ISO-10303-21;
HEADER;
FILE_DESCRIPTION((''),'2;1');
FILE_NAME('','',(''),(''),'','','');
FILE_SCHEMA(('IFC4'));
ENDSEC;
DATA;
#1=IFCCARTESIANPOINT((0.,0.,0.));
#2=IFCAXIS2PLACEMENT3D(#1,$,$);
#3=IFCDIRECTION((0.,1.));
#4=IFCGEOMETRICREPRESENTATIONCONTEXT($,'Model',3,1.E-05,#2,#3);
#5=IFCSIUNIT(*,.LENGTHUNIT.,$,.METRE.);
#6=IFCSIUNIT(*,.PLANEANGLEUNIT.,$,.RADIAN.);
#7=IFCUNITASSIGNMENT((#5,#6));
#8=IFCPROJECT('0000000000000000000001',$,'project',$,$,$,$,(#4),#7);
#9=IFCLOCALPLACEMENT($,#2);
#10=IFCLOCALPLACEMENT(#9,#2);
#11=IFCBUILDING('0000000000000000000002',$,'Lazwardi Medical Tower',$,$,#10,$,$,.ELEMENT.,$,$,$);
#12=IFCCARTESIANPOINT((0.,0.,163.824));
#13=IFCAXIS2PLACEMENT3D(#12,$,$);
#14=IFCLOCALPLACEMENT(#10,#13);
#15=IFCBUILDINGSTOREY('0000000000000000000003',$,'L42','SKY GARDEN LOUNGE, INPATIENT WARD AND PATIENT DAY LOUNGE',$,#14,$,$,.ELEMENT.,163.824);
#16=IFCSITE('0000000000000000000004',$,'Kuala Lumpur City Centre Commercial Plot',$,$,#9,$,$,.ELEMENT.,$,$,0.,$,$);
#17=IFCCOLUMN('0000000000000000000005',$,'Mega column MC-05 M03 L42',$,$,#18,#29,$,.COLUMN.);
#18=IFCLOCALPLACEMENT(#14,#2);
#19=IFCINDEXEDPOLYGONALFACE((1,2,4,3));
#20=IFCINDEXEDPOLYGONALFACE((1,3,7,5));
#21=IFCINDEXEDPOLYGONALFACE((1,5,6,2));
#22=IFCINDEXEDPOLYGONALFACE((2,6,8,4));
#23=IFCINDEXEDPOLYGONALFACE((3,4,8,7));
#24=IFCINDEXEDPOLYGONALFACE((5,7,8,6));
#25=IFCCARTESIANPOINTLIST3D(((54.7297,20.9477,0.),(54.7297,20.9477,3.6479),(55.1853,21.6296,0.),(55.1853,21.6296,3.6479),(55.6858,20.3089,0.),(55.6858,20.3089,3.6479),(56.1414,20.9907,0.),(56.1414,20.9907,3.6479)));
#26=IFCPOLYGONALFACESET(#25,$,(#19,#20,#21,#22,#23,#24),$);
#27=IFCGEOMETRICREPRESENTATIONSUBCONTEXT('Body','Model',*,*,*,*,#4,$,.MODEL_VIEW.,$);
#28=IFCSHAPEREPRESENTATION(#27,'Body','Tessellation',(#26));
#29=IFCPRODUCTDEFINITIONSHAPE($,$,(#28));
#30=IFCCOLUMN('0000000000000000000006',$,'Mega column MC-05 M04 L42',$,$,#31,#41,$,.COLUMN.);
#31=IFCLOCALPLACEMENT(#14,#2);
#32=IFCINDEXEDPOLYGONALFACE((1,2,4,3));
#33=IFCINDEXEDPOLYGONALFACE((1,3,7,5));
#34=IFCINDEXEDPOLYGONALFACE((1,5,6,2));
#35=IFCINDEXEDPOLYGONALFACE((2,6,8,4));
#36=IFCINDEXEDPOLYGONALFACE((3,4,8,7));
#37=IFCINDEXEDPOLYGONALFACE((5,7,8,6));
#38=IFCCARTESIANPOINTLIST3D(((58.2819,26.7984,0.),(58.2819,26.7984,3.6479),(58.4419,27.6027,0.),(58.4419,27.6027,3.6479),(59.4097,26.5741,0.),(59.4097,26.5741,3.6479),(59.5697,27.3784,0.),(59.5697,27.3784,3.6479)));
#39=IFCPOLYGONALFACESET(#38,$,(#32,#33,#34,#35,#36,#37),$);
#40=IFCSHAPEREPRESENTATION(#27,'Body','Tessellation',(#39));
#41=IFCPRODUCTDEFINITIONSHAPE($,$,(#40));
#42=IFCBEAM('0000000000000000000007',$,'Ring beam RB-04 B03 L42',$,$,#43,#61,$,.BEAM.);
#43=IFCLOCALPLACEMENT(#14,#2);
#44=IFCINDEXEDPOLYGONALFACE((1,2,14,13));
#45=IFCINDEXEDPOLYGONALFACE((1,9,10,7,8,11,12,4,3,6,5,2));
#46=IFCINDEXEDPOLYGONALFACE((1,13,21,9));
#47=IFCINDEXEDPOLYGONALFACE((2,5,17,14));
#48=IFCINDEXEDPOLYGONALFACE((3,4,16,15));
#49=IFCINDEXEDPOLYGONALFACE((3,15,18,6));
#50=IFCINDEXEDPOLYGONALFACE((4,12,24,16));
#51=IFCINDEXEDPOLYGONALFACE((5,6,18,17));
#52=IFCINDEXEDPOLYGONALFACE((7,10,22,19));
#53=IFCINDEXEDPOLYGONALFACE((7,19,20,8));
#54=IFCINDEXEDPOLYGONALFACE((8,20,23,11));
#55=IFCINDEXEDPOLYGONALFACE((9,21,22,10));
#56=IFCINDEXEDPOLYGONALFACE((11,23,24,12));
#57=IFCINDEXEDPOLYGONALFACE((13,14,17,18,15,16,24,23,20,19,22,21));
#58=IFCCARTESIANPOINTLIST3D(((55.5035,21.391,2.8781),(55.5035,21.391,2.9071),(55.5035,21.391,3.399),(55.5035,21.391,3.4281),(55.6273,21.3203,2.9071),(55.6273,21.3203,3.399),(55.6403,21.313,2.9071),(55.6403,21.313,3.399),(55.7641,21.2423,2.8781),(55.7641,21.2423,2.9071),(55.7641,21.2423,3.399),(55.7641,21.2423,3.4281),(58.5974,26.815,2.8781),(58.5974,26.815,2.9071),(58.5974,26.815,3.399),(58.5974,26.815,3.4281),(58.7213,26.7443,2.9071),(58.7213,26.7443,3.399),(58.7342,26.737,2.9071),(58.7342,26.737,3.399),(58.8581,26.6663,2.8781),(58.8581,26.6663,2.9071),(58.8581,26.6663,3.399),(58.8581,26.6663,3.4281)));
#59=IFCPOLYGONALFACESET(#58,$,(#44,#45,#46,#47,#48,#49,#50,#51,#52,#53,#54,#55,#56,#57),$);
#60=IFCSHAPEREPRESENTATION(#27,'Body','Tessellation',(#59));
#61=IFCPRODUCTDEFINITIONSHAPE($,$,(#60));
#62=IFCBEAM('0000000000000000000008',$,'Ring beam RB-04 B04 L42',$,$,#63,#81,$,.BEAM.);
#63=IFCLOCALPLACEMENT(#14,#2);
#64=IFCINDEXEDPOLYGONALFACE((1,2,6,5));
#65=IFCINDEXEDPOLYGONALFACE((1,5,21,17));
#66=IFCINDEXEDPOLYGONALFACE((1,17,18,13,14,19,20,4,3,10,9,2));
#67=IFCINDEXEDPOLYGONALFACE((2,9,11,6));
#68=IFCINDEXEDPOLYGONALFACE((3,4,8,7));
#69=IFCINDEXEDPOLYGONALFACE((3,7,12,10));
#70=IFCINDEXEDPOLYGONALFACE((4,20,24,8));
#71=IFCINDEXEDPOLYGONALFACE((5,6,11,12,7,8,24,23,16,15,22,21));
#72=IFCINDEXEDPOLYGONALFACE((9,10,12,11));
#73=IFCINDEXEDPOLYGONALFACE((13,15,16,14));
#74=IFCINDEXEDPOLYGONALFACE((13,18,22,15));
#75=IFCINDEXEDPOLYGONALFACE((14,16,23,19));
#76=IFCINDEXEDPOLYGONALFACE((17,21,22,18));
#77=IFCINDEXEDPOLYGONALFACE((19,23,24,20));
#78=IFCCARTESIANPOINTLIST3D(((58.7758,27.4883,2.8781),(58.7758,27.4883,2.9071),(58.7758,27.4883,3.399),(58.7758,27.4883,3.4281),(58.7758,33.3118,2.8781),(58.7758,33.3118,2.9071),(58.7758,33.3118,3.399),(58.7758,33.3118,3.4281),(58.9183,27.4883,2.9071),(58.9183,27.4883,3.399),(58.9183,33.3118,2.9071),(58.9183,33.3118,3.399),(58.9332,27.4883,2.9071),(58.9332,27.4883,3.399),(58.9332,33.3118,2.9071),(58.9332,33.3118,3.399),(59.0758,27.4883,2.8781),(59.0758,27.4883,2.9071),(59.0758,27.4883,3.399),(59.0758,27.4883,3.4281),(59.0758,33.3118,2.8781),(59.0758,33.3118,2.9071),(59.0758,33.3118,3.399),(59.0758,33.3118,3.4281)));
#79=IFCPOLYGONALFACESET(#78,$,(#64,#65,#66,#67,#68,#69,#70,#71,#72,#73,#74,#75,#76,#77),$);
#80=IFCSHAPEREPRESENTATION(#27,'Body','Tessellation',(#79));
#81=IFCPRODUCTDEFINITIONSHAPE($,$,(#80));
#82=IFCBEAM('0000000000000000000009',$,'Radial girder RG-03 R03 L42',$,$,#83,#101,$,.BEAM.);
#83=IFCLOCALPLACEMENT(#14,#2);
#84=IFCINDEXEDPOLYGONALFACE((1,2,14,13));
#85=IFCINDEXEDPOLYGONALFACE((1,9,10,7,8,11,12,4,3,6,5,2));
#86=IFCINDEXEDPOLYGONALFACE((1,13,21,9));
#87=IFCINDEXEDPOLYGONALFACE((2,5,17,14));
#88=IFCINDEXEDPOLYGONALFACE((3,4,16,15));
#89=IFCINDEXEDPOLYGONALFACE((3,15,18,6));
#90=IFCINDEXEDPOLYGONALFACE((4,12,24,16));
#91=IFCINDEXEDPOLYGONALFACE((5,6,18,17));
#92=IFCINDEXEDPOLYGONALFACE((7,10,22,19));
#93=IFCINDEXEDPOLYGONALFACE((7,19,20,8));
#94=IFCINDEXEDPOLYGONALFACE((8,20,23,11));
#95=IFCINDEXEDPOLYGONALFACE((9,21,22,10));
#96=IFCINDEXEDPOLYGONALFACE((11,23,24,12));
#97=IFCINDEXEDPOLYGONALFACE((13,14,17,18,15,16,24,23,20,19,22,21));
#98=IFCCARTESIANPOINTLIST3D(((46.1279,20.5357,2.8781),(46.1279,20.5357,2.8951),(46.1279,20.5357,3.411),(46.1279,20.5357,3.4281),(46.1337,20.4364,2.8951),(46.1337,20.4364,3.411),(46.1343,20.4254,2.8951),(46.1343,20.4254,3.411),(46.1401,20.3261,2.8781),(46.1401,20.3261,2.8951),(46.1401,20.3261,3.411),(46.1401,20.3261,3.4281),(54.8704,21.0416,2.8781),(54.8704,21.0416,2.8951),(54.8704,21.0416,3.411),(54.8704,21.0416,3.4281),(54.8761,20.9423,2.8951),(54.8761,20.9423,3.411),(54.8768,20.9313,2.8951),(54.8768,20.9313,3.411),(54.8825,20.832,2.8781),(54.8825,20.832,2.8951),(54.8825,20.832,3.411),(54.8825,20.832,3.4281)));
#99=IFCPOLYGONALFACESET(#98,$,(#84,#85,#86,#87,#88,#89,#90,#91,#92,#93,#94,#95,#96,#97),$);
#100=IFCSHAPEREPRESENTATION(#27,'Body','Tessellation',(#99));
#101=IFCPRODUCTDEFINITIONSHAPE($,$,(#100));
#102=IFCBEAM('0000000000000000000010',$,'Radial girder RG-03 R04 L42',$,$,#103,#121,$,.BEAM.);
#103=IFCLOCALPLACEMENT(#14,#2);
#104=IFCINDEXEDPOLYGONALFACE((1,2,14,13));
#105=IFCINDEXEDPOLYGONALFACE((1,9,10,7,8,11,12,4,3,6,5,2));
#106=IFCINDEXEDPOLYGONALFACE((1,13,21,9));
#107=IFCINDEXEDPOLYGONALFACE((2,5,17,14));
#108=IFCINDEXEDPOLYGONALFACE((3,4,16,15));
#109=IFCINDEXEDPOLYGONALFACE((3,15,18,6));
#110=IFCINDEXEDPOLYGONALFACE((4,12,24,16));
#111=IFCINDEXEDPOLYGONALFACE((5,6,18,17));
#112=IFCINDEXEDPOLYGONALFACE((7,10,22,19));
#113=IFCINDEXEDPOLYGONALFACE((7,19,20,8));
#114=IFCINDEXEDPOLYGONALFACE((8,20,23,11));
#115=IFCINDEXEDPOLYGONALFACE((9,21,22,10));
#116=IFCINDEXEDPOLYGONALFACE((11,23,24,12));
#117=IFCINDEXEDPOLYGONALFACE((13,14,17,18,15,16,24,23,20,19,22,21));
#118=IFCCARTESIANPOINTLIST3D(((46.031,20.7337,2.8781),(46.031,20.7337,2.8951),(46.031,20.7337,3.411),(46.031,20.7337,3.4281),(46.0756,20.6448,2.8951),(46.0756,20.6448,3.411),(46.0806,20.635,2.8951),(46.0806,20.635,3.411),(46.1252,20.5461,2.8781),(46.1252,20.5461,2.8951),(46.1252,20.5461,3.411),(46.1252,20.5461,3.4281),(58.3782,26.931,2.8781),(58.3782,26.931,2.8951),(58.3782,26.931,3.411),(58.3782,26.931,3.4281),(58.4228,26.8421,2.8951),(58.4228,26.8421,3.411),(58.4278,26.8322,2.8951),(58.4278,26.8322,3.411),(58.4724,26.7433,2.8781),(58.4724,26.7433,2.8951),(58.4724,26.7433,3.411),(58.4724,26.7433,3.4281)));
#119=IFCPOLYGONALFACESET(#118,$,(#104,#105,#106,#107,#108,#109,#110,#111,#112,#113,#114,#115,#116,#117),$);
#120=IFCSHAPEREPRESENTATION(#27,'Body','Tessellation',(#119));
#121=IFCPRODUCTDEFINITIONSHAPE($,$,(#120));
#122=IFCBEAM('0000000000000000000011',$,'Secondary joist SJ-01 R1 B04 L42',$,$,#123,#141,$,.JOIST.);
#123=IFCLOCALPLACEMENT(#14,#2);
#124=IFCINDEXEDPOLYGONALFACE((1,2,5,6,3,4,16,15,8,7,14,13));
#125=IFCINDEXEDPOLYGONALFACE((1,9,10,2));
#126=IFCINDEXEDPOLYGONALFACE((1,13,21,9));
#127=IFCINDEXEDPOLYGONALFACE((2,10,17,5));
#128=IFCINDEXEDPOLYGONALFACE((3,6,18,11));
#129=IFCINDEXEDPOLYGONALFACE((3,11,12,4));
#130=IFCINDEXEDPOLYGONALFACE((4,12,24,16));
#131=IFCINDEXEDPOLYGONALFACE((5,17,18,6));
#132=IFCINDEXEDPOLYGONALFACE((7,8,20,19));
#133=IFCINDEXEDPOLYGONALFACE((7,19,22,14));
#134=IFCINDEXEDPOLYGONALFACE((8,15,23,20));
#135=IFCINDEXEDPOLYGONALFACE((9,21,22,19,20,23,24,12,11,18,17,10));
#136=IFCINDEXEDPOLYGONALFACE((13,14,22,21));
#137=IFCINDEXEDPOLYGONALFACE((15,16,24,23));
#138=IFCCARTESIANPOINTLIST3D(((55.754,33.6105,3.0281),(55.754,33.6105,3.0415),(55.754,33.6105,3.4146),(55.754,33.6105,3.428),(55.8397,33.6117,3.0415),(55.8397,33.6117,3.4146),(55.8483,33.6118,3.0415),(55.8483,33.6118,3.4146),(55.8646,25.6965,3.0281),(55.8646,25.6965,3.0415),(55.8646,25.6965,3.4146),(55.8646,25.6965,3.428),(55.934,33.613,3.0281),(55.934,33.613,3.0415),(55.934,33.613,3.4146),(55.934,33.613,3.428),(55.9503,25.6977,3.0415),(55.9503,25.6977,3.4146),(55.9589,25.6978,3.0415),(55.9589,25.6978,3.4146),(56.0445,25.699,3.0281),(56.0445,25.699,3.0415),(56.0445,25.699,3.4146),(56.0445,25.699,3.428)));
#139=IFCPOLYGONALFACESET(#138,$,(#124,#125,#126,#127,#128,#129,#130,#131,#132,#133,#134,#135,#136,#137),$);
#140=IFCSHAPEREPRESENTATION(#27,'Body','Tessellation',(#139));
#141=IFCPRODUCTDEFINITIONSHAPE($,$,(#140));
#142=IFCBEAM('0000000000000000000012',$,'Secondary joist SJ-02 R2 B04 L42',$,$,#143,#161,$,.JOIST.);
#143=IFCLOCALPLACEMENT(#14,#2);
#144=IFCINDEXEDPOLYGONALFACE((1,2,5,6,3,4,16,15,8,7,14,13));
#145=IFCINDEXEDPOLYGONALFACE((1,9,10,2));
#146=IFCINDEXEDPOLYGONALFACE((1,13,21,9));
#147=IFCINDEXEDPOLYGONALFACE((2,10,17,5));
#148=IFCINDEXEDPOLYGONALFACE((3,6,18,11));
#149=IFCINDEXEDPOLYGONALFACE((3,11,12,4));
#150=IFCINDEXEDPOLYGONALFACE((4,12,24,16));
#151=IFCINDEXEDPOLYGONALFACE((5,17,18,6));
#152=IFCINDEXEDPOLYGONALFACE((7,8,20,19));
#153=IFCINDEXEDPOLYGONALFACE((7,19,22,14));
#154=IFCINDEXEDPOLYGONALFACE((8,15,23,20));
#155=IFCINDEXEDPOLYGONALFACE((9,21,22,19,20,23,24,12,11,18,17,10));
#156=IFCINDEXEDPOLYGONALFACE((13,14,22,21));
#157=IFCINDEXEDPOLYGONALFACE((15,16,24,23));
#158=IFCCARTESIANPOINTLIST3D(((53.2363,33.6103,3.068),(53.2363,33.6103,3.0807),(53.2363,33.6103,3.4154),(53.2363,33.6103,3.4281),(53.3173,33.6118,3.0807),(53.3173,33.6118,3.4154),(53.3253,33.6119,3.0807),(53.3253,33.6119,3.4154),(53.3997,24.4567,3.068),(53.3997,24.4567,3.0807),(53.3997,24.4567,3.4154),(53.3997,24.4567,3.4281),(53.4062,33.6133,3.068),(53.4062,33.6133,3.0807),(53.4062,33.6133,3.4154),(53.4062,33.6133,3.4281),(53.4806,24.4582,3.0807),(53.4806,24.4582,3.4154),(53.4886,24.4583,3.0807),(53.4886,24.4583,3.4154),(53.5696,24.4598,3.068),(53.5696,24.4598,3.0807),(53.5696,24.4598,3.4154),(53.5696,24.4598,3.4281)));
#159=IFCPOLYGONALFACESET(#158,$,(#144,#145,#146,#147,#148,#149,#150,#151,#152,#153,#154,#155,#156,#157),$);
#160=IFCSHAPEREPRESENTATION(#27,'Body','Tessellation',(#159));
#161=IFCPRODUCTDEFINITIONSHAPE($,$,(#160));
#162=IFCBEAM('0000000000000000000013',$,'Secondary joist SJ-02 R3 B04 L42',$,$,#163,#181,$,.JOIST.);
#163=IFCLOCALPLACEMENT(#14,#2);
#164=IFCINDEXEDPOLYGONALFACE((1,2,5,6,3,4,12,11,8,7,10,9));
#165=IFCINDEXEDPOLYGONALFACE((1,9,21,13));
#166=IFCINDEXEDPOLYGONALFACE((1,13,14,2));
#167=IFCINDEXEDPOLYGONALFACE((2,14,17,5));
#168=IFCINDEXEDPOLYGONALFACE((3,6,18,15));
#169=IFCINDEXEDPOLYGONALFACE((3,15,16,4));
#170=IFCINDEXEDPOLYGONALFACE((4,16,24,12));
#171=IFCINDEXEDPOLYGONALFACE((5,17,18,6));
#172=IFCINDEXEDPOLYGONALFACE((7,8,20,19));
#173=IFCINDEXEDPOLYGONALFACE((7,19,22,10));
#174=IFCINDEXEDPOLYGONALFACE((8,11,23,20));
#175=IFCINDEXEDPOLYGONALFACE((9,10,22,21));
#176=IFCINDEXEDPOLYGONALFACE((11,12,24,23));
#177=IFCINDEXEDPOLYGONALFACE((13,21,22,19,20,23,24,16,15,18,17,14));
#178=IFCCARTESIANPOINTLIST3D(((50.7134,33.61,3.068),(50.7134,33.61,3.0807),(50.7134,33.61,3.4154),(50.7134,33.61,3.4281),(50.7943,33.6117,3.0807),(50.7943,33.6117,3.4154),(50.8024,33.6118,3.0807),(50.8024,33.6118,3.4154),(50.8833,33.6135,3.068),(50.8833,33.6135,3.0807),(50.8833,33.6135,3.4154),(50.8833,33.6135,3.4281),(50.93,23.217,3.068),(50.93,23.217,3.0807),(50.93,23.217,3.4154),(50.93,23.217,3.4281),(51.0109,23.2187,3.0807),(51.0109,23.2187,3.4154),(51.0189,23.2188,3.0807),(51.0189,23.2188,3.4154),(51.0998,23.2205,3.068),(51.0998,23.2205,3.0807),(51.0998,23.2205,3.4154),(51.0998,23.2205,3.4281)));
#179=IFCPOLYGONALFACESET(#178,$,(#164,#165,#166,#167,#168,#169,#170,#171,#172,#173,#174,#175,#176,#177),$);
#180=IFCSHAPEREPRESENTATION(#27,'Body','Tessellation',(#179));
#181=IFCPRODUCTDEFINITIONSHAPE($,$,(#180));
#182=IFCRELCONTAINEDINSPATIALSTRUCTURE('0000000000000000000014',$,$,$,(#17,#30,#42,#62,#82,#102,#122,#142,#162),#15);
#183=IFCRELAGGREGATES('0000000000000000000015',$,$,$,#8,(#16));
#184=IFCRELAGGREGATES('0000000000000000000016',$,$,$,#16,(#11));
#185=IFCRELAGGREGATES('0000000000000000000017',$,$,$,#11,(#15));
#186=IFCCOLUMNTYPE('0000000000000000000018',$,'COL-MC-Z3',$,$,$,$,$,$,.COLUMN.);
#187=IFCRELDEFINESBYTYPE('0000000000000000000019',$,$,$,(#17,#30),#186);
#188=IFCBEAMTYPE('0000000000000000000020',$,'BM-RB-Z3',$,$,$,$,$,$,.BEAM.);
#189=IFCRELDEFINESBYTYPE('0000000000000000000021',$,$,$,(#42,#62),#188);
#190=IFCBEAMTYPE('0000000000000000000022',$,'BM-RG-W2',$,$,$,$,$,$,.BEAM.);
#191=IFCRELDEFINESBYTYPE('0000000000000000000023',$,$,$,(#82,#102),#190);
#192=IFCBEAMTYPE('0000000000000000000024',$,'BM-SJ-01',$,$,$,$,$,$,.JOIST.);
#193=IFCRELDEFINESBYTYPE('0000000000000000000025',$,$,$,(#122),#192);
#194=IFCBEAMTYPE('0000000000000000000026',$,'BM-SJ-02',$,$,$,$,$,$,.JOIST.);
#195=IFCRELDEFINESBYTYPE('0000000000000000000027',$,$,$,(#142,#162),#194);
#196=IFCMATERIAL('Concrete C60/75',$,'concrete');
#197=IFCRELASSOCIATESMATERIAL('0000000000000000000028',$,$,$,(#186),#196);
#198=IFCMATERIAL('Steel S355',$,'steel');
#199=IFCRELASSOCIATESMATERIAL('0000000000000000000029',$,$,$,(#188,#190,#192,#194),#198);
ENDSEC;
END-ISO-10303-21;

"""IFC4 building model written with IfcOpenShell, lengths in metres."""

from ifc_helpers import new_model, si_unit, direction, frame, origin, origin_2d, place, context, subcontext, project, spatial, rectangle, i_section, extrude, material, material_profile, profile_set, type_object, element, save


model = new_model("IFC4")

# Units and contexts
model_context = context("Model", 3, precision=1e-05, world=origin(), true_north=direction((0.0, 1.0)))
body_context = subcontext(model_context, "Body", "Model", "MODEL_VIEW")
ifc_project = project(units=[si_unit("LENGTHUNIT", "METRE"), si_unit("PLANEANGLEUNIT", "RADIAN")], contexts=[model_context])

# Site, building, storey
site_placement = place(None, origin())
site = spatial("IfcSite", under=ifc_project, at=site_placement, Name="Kuala Lumpur City Centre Commercial Plot", CompositionType="ELEMENT", RefElevation=0.0)
building_placement = place(site_placement, origin())
building = spatial("IfcBuilding", under=site, at=building_placement, Name="Lazwardi Medical Tower", CompositionType="ELEMENT")
storey_placement = place(building_placement, frame((0.0, 0.0, 163.824)))
storey = spatial("IfcBuildingStorey", under=building, at=storey_placement, Name="L42", Description="SKY GARDEN LOUNGE, INPATIENT WARD AND PATIENT DAY LOUNGE", CompositionType="ELEMENT", Elevation=163.824)

# Columns
ifc_material_1 = material(Name="Concrete C60/75", Category="concrete")
ifc_material_profile_1 = material_profile(ifc_material_1, rectangle(XDim=1.1499, YDim=0.8201, at=origin_2d()), Name="CFT-RECT 1150x820")
ifc_profile_set_1 = profile_set([ifc_material_profile_1], Name="Concrete C60/75")
column_type = type_object("IfcColumnType", Name="COL-MC-Z3", PredefinedType="COLUMN", material=ifc_profile_set_1)
for number, where, z_axis, x_axis, name in (
    (1, (55.4355, 20.9692, 0.0), (0.0, 0.0, 1.0), (0.83147, -0.55557, 0.0), "Mega column MC-05 M03 L42"),
    (2, (58.9258, 27.0884, 0.0), (0.0, 0.0, 1.0), (0.980785, -0.19509, 0.0), "Mega column MC-05 M04 L42"),
):
    element("IfcColumn", number, at=place(storey_placement, frame(where, z_axis=z_axis, x_axis=x_axis)), inside=storey, type_object=column_type, Name=name, PredefinedType="COLUMN", context=body_context, shape_type="SweptSolid", body=[
        extrude(rectangle(XDim=1.1499, YDim=0.8201, at=origin_2d()), origin(), (0.0, 0.0, 1.0), 3.6479),
    ])

# Beams
ifc_material_2 = material(Name="Steel S355", Category="steel")
ifc_material_profile_2 = material_profile(ifc_material_2, i_section(OverallWidth=0.3, OverallDepth=0.55, WebThickness=0.0149, FlangeThickness=0.0291, at=origin_2d()), Name="HEB 550")
ifc_profile_set_2 = profile_set([ifc_material_profile_2], Name="Steel S355")
beam_type_1 = type_object("IfcBeamType", Name="BM-RB-Z3", PredefinedType="BEAM", material=ifc_profile_set_2)
beam_1_placement = place(storey_placement, frame((55.6338, 21.3167, 3.1531), z_axis=(0.495478, 0.868621, 0.0), x_axis=(-0.868621, 0.495478, 0.0)))
element("IfcBeam", 3, at=beam_1_placement, inside=storey, type_object=beam_type_1, Name="Ring beam RB-04 B03 L42", PredefinedType="BEAM", context=body_context, shape_type="SweptSolid", body=[
    extrude(i_section(OverallWidth=0.3, OverallDepth=0.55, WebThickness=0.0149, FlangeThickness=0.0291, at=origin_2d()), origin(), (0.0, 0.0, 1.0), 6.2444),
])
beam_2_placement = place(storey_placement, frame((58.9258, 27.4883, 3.1531), z_axis=(0.0, 1.0, 0.0), x_axis=(-1.0, 0.0, 0.0)))
element("IfcBeam", 4, at=beam_2_placement, inside=storey, type_object=beam_type_1, Name="Ring beam RB-04 B04 L42", PredefinedType="BEAM", context=body_context, shape_type="SweptSolid", body=[
    extrude(i_section(OverallWidth=0.3, OverallDepth=0.55, WebThickness=0.0149, FlangeThickness=0.0291, at=origin_2d()), origin(), (0.0, 0.0, 1.0), 5.8235),
])
ifc_material_profile_3 = material_profile(ifc_material_2, i_section(OverallWidth=0.21, OverallDepth=0.55, WebThickness=0.011, FlangeThickness=0.0171, at=origin_2d()), Name="IPE 550")
ifc_profile_set_3 = profile_set([ifc_material_profile_3], Name="Steel S355")
beam_type_2 = type_object("IfcBeamType", Name="BM-RG-W2", PredefinedType="BEAM", material=ifc_profile_set_3)
beam_3_placement = place(storey_placement, frame((54.8765, 20.9368, 3.1531), z_axis=(-0.99833, -0.057766, 0.0), x_axis=(0.057766, -0.99833, 0.0)))
element("IfcBeam", 5, at=beam_3_placement, inside=storey, type_object=beam_type_2, Name="Radial girder RG-03 R03 L42", PredefinedType="BEAM", context=body_context, shape_type="SweptSolid", body=[
    extrude(i_section(OverallWidth=0.21, OverallDepth=0.55, WebThickness=0.011, FlangeThickness=0.0171, at=origin_2d()), origin(), (0.0, 0.0, 1.0), 8.7571),
])
beam_4_placement = place(storey_placement, frame((58.4253, 26.8372, 3.1531), z_axis=(-0.89374, -0.448584, 0.0), x_axis=(0.448584, -0.89374, 0.0)))
element("IfcBeam", 6, at=beam_4_placement, inside=storey, type_object=beam_type_2, Name="Radial girder RG-03 R04 L42", PredefinedType="BEAM", context=body_context, shape_type="SweptSolid", body=[
    extrude(i_section(OverallWidth=0.21, OverallDepth=0.55, WebThickness=0.011, FlangeThickness=0.0171, at=origin_2d()), origin(), (0.0, 0.0, 1.0), 13.8152),
])
ifc_material_profile_4 = material_profile(ifc_material_2, i_section(OverallWidth=0.1799, OverallDepth=0.3999, WebThickness=0.0085, FlangeThickness=0.0134, at=origin_2d()), Name="IPE 400")
ifc_profile_set_4 = profile_set([ifc_material_profile_4], Name="Steel S355")
beam_type_3 = type_object("IfcBeamType", Name="BM-SJ-01", PredefinedType="JOIST", material=ifc_profile_set_4)
beam_5_placement = place(storey_placement, frame((55.9546, 25.6978, 3.228), z_axis=(-0.013973, 0.999902, 0.0), x_axis=(-0.999902, -0.013973, 0.0)))
element("IfcBeam", 7, at=beam_5_placement, inside=storey, type_object=beam_type_3, Name="Secondary joist SJ-01 R1 B04 L42", PredefinedType="JOIST", context=body_context, shape_type="SweptSolid", body=[
    extrude(i_section(OverallWidth=0.1799, OverallDepth=0.3999, WebThickness=0.0085, FlangeThickness=0.0134, at=origin_2d()), origin(), (0.0, 0.0, 1.0), 7.9148),
])
ifc_material_profile_5 = material_profile(ifc_material_2, i_section(OverallWidth=0.1699, OverallDepth=0.3601, WebThickness=0.0081, FlangeThickness=0.0127, at=origin_2d()), Name="IPE 360")
ifc_profile_set_5 = profile_set([ifc_material_profile_5], Name="Steel S355")
beam_type_4 = type_object("IfcBeamType", Name="BM-SJ-02", PredefinedType="JOIST", material=ifc_profile_set_5)
beam_6_placement = place(storey_placement, frame((53.4846, 24.4583, 3.248), z_axis=(-0.01784, 0.999841, 0.0), x_axis=(-0.999841, -0.01784, 0.0)))
element("IfcBeam", 8, at=beam_6_placement, inside=storey, type_object=beam_type_4, Name="Secondary joist SJ-02 R2 B04 L42", PredefinedType="JOIST", context=body_context, shape_type="SweptSolid", body=[
    extrude(i_section(OverallWidth=0.1699, OverallDepth=0.3601, WebThickness=0.0081, FlangeThickness=0.0127, at=origin_2d()), origin(), (0.0, 0.0, 1.0), 9.155),
])
beam_7_placement = place(storey_placement, frame((51.0149, 23.2188, 3.248), z_axis=(-0.020832, 0.999783, 0.0), x_axis=(-0.999783, -0.020832, 0.0)))
element("IfcBeam", 9, at=beam_7_placement, inside=storey, type_object=beam_type_4, Name="Secondary joist SJ-02 R3 B04 L42", PredefinedType="JOIST", context=body_context, shape_type="SweptSolid", body=[
    extrude(i_section(OverallWidth=0.1699, OverallDepth=0.3601, WebThickness=0.0081, FlangeThickness=0.0127, at=origin_2d()), origin(), (0.0, 0.0, 1.0), 10.3953),
])

save(model, "model.ifc")
